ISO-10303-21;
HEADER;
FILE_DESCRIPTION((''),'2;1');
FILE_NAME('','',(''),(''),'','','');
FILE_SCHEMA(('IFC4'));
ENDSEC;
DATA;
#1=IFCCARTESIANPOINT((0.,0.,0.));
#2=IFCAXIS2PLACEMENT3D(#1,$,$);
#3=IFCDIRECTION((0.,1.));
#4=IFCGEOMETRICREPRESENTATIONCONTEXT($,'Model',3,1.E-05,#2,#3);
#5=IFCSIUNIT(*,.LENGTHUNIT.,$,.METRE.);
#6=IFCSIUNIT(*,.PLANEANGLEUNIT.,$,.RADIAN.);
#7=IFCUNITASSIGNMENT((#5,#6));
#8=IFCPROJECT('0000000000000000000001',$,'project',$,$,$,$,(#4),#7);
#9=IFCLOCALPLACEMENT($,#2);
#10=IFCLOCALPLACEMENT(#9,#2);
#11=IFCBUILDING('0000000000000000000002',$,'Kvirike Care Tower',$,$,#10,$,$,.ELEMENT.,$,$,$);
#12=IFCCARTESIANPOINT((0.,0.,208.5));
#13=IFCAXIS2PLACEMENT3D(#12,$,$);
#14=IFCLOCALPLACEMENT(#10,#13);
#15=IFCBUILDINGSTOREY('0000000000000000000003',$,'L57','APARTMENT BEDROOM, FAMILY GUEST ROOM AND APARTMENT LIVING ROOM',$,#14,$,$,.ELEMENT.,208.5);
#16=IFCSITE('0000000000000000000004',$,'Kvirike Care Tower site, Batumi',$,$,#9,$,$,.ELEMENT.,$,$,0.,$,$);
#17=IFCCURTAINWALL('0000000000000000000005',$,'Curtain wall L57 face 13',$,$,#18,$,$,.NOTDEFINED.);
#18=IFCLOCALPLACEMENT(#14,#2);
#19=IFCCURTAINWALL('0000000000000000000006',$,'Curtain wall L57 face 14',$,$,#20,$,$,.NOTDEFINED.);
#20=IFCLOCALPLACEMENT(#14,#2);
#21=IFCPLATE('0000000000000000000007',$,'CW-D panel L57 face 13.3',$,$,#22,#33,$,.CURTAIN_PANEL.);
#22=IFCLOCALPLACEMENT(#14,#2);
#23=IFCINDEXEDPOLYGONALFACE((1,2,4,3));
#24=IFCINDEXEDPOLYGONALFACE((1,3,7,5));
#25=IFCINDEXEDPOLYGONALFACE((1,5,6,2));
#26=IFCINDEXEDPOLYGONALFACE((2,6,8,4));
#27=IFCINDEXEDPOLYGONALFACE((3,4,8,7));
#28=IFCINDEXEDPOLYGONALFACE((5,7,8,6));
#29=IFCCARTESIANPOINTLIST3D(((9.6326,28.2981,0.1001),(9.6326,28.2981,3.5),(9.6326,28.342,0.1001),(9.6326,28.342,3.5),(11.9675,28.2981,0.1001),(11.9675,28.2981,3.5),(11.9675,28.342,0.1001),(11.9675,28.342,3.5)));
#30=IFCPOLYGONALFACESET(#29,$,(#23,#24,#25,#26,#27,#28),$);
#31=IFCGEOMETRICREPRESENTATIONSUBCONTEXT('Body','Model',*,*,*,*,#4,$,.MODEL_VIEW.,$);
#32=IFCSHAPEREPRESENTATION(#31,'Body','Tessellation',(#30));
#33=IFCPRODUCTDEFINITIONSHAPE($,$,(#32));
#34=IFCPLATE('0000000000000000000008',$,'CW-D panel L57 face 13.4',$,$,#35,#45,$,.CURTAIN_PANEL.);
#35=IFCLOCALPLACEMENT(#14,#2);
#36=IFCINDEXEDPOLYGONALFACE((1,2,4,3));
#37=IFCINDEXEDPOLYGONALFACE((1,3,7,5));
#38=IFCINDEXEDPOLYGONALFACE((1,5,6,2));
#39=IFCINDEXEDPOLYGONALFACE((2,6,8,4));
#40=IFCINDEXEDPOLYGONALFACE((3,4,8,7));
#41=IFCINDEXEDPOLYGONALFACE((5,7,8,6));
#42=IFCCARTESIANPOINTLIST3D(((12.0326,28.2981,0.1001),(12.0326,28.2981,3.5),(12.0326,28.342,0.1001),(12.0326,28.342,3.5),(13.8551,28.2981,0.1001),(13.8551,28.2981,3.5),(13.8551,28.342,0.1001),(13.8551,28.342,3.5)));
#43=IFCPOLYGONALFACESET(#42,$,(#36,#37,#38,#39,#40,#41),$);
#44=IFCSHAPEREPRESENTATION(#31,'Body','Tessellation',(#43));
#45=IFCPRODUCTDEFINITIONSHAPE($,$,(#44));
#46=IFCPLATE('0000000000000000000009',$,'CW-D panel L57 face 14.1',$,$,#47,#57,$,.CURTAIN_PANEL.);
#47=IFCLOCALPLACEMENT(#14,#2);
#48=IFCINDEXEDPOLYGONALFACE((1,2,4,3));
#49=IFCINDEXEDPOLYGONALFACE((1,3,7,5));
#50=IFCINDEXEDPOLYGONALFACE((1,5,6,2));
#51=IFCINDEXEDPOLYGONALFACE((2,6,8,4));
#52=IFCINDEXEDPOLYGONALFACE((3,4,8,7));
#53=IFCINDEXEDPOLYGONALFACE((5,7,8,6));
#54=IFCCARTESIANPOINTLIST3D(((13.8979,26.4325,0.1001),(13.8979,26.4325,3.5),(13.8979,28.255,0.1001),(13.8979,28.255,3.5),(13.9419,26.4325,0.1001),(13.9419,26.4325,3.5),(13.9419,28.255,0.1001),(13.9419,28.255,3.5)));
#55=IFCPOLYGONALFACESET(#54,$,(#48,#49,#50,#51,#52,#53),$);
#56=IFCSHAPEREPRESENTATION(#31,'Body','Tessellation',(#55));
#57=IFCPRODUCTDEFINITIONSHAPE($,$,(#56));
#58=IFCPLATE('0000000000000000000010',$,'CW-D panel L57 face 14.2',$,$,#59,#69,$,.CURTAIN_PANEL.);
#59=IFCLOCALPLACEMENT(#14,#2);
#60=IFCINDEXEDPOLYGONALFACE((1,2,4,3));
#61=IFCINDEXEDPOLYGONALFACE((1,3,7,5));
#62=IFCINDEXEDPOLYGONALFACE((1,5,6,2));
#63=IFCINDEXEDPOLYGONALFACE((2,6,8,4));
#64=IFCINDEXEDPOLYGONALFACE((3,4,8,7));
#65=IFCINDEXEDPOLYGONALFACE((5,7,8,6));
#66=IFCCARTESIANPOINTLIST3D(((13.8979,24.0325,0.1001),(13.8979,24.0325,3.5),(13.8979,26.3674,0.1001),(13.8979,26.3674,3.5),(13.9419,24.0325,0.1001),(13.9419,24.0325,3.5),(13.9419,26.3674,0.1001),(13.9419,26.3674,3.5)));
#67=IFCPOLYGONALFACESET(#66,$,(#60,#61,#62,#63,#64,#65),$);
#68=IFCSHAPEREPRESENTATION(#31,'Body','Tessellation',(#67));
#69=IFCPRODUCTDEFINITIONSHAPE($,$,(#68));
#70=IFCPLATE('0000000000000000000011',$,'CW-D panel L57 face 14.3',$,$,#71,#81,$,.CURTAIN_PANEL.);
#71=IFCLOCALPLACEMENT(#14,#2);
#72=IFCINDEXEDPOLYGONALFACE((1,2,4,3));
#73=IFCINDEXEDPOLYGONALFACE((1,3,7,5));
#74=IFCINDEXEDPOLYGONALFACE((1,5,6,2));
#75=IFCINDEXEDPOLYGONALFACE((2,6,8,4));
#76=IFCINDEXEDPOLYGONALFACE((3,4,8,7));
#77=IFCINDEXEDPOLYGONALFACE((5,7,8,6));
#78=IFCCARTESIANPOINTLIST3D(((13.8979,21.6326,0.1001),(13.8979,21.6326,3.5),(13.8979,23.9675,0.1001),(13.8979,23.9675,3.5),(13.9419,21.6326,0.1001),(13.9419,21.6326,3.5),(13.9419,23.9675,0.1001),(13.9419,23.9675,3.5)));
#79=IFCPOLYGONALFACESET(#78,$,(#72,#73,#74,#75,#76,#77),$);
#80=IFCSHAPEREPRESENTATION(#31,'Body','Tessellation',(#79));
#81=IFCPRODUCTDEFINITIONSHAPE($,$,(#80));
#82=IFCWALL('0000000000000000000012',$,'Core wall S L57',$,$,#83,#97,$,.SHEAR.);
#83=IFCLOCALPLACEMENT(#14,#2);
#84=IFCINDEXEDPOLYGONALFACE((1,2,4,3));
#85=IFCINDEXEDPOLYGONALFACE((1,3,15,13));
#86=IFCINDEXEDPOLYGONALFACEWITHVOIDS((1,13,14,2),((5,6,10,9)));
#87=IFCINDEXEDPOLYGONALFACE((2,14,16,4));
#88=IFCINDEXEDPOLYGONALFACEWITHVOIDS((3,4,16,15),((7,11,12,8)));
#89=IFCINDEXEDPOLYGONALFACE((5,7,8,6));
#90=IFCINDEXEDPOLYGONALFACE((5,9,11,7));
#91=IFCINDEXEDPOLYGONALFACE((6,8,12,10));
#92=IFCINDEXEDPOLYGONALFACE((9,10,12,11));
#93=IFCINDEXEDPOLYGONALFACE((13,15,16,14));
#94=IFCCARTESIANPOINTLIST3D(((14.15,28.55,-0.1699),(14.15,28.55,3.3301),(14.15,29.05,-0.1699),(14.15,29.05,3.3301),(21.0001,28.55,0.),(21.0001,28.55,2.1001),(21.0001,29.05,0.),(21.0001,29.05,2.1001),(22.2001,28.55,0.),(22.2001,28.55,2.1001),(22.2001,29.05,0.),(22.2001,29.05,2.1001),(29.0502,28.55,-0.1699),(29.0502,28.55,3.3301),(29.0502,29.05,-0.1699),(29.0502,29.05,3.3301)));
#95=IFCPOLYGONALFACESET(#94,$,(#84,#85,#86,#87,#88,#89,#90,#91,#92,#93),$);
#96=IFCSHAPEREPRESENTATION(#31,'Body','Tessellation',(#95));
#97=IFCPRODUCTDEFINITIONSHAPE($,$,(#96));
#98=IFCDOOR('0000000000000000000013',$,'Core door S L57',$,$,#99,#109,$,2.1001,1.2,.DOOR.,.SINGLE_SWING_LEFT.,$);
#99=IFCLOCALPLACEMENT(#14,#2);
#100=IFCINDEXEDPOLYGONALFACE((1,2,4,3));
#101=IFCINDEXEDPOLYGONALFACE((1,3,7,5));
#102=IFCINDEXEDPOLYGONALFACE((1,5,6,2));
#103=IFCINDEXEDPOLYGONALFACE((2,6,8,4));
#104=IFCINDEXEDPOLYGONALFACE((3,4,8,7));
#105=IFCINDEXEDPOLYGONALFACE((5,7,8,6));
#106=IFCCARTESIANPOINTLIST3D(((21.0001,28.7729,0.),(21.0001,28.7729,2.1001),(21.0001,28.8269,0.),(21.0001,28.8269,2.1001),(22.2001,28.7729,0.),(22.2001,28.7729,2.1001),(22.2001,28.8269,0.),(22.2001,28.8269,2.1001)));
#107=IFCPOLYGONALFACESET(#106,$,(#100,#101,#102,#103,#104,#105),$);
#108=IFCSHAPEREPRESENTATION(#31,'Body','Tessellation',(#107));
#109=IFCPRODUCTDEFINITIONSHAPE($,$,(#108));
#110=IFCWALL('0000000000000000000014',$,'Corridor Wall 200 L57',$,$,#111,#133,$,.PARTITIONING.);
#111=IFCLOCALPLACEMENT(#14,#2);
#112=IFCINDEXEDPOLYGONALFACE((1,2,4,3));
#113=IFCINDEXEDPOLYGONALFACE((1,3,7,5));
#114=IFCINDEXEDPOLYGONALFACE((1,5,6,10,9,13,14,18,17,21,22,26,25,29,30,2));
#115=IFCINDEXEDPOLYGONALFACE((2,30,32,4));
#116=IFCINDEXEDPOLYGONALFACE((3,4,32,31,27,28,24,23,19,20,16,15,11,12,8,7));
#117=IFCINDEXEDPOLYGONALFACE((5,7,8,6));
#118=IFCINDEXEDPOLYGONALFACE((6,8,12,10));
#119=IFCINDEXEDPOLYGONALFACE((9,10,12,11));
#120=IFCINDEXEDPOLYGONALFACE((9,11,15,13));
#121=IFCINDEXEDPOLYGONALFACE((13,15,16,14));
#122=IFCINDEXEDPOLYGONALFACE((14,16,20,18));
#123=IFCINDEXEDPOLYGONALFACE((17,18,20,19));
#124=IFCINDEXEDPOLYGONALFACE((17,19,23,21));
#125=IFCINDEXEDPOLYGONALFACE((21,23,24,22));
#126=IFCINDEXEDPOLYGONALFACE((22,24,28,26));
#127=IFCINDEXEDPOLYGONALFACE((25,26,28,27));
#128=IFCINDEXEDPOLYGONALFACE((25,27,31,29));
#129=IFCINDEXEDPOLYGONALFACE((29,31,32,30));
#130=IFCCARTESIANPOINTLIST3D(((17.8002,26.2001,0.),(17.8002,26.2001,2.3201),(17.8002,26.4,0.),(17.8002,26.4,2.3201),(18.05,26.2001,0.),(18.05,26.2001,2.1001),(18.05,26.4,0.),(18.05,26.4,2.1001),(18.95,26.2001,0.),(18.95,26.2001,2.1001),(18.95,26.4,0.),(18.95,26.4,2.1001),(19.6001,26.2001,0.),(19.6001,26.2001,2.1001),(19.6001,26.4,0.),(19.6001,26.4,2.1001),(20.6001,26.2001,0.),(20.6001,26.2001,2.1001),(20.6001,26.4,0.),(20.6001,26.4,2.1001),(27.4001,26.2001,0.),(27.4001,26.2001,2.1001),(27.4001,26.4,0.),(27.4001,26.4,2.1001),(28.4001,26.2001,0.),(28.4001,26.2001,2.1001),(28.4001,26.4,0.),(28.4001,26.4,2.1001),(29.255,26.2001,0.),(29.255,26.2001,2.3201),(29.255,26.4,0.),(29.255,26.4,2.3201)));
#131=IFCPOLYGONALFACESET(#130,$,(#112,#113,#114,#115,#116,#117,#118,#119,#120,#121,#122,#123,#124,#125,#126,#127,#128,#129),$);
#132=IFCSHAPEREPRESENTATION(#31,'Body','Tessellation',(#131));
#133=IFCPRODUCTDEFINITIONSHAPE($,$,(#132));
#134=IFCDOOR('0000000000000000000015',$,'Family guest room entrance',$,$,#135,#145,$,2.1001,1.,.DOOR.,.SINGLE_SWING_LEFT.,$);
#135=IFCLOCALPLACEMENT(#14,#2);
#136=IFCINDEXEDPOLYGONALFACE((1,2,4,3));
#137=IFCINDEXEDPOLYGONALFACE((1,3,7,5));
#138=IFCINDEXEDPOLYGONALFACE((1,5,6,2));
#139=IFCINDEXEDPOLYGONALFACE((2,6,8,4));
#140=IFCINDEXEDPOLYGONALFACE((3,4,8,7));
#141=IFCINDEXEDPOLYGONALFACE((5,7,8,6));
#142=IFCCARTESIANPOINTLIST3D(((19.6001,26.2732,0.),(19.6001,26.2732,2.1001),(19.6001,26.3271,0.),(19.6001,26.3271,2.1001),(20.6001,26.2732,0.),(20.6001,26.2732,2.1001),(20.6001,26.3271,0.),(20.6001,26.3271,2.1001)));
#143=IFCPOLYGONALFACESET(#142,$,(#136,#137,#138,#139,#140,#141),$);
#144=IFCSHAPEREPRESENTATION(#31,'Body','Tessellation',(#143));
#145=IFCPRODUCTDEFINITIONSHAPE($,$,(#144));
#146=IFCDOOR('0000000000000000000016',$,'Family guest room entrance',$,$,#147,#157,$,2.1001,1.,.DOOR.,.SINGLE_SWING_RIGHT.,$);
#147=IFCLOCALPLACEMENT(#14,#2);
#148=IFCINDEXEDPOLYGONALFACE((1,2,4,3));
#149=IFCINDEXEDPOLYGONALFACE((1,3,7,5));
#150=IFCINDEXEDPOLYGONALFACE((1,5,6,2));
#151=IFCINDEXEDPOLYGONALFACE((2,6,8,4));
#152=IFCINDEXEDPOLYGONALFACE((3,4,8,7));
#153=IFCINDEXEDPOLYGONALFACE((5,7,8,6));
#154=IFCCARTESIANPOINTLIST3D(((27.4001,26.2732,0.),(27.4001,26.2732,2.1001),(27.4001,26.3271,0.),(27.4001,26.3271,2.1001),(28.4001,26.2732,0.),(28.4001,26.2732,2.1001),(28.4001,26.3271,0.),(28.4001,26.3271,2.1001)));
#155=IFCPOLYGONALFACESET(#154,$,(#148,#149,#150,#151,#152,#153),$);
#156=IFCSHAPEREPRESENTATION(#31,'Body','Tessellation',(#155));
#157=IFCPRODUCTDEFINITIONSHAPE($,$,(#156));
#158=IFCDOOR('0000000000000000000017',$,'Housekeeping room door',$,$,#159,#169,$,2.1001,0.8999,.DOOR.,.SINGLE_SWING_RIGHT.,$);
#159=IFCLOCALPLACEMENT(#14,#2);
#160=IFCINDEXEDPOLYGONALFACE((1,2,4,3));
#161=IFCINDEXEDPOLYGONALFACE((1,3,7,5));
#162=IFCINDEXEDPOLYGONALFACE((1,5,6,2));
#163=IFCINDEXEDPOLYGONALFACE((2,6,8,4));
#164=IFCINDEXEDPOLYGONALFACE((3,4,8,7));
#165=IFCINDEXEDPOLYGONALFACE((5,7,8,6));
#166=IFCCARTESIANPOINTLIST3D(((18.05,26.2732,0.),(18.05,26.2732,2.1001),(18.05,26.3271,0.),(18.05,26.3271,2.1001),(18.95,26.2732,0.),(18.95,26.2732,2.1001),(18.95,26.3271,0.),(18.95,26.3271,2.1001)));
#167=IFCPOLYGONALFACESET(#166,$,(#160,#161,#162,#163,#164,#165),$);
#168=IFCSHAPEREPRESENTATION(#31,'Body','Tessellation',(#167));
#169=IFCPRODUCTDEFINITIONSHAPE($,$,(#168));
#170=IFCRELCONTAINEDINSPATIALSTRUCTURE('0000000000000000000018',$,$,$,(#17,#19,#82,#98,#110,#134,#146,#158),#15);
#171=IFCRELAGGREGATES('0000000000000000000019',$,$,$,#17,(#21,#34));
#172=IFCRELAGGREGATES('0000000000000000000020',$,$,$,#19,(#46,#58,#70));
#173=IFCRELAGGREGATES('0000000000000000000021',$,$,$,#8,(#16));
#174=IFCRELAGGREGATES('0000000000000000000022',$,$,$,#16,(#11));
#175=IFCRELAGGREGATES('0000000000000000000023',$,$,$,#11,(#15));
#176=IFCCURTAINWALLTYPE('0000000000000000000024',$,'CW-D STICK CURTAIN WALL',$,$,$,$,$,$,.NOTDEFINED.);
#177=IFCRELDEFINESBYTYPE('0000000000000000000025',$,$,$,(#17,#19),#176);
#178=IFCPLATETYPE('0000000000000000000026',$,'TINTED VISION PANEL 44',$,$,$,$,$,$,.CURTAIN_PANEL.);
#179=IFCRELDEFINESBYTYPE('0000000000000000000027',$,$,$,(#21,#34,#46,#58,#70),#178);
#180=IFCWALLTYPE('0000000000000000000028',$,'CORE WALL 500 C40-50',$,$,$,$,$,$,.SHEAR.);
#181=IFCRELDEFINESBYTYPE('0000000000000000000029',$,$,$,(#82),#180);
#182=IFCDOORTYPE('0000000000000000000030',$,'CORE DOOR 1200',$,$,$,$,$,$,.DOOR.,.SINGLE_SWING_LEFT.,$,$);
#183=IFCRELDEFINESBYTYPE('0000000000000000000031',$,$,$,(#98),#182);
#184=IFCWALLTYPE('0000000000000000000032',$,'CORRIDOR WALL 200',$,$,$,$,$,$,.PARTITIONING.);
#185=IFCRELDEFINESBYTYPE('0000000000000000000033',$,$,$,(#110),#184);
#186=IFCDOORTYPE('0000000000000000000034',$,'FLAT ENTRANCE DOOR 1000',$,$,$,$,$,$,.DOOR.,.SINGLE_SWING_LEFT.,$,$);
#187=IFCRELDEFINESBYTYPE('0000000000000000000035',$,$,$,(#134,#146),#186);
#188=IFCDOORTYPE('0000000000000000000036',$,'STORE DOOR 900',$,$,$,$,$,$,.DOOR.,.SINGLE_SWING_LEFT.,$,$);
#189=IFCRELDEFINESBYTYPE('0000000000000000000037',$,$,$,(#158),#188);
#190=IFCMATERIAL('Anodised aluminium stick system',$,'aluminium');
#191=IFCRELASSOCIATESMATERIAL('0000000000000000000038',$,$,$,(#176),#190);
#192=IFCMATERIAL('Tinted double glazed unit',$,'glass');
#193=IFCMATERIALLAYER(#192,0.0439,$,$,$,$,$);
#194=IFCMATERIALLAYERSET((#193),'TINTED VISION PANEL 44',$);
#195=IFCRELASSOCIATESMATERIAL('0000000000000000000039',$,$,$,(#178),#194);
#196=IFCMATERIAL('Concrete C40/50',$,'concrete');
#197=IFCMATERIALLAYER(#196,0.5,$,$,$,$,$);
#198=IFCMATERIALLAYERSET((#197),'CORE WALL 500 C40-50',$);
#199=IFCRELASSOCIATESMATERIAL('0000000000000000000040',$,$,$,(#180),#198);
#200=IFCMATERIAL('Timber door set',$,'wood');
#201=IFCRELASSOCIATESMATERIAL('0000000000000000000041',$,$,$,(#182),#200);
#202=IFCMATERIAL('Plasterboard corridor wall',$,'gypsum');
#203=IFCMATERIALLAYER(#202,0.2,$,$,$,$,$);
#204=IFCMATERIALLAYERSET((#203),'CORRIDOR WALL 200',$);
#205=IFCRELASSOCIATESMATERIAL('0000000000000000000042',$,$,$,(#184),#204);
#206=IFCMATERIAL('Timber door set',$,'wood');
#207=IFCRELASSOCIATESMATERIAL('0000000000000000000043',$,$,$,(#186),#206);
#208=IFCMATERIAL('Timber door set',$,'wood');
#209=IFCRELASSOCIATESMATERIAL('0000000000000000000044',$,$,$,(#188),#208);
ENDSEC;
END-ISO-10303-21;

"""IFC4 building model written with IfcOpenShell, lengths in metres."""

from ifc_helpers import new_model, si_unit, direction, frame, frame_2d, origin, origin_2d, place, context, subcontext, project, spatial, rectangle, extrude, material, layer, layer_set, type_object, element, fill, aggregate, save


model = new_model("IFC4")

# Units and contexts
model_context = context("Model", 3, precision=1e-05, world=origin(), true_north=direction((0.0, 1.0)))
body_context = subcontext(model_context, "Body", "Model", "MODEL_VIEW")
ifc_project = project(units=[si_unit("LENGTHUNIT", "METRE"), si_unit("PLANEANGLEUNIT", "RADIAN")], contexts=[model_context])

# Site, building, storey
site_placement = place(None, origin())
site = spatial("IfcSite", under=ifc_project, at=site_placement, Name="Kvirike Care Tower site, Batumi", CompositionType="ELEMENT", RefElevation=0.0)
building_placement = place(site_placement, origin())
building = spatial("IfcBuilding", under=site, at=building_placement, Name="Kvirike Care Tower", CompositionType="ELEMENT")
storey_placement = place(building_placement, frame((0.0, 0.0, 208.5)))
storey = spatial("IfcBuildingStorey", under=building, at=storey_placement, Name="L57", Description="APARTMENT BEDROOM, FAMILY GUEST ROOM AND APARTMENT LIVING ROOM", CompositionType="ELEMENT", Elevation=208.5)

# Curtain walls
ifc_material_1 = material(Name="Anodised aluminium stick system", Category="aluminium")
curtain_wall_type = type_object("IfcCurtainWallType", Name="CW-D STICK CURTAIN WALL", PredefinedType="NOTDEFINED", material=ifc_material_1)
curtain_wall_1_placement = place(storey_placement, origin())
curtain_wall_1 = element("IfcCurtainWall", 1, at=curtain_wall_1_placement, inside=storey, type_object=curtain_wall_type, Name="Curtain wall L57 face 13", PredefinedType="NOTDEFINED")
curtain_wall_2_placement = place(storey_placement, origin())
curtain_wall_2 = element("IfcCurtainWall", 2, at=curtain_wall_2_placement, inside=storey, type_object=curtain_wall_type, Name="Curtain wall L57 face 14", PredefinedType="NOTDEFINED")

# Plates
ifc_material_2 = material(Name="Tinted double glazed unit", Category="glass")
ifc_layer_1 = layer(ifc_material_2, 0.0439)
ifc_layer_set_1 = layer_set([ifc_layer_1], Name="TINTED VISION PANEL 44")
plate_type = type_object("IfcPlateType", Name="TINTED VISION PANEL 44", PredefinedType="CURTAIN_PANEL", material=ifc_layer_set_1)
plate_1_placement = place(storey_placement, frame((10.8, 28.3201, 0.1001), z_axis=(0.0, 0.0, 1.0), x_axis=(1.0, 0.0, 0.0)))
plate_1 = element("IfcPlate", 3, at=plate_1_placement, type_object=plate_type, Name="CW-D panel L57 face 13.3", PredefinedType="CURTAIN_PANEL", context=body_context, shape_type="SweptSolid", body=[
    extrude(rectangle(XDim=2.335, YDim=0.0439, at=origin_2d()), origin(), (0.0, 0.0, 1.0), 3.3999),
])
plate_2_placement = place(storey_placement, frame((12.9438, 28.3201, 0.1001), z_axis=(0.0, 0.0, 1.0), x_axis=(1.0, 0.0, 0.0)))
plate_2 = element("IfcPlate", 4, at=plate_2_placement, type_object=plate_type, Name="CW-D panel L57 face 13.4", PredefinedType="CURTAIN_PANEL", context=body_context, shape_type="SweptSolid", body=[
    extrude(rectangle(XDim=1.8225, YDim=0.0439, at=origin_2d()), origin(), (0.0, 0.0, 1.0), 3.3999),
])
aggregate(curtain_wall_1, [plate_1, plate_2])
plate_3_placement = place(storey_placement, frame((13.9199, 27.3438, 0.1001), z_axis=(0.0, 0.0, 1.0), x_axis=(0.0, -1.0, 0.0)))
plate_3 = element("IfcPlate", 5, at=plate_3_placement, type_object=plate_type, Name="CW-D panel L57 face 14.1", PredefinedType="CURTAIN_PANEL", context=body_context, shape_type="SweptSolid", body=[
    extrude(rectangle(XDim=1.8225, YDim=0.0439, at=origin_2d()), origin(), (0.0, 0.0, 1.0), 3.3999),
])
plate_4_placement = place(storey_placement, frame((13.9199, 25.2, 0.1001), z_axis=(0.0, 0.0, 1.0), x_axis=(0.0, -1.0, 0.0)))
plate_4 = element("IfcPlate", 6, at=plate_4_placement, type_object=plate_type, Name="CW-D panel L57 face 14.2", PredefinedType="CURTAIN_PANEL", context=body_context, shape_type="SweptSolid", body=[
    extrude(rectangle(XDim=2.335, YDim=0.0439, at=origin_2d()), origin(), (0.0, 0.0, 1.0), 3.3999),
])
plate_5_placement = place(storey_placement, frame((13.9199, 22.8, 0.1001), z_axis=(0.0, 0.0, 1.0), x_axis=(0.0, -1.0, 0.0)))
plate_5 = element("IfcPlate", 7, at=plate_5_placement, type_object=plate_type, Name="CW-D panel L57 face 14.3", PredefinedType="CURTAIN_PANEL", context=body_context, shape_type="SweptSolid", body=[
    extrude(rectangle(XDim=2.335, YDim=0.0439, at=origin_2d()), origin(), (0.0, 0.0, 1.0), 3.3999),
])
aggregate(curtain_wall_2, [plate_3, plate_4, plate_5])

# Wall, opening, door
ifc_material_3 = material(Name="Concrete C40/50", Category="concrete")
ifc_layer_2 = layer(ifc_material_3, 0.5)
ifc_layer_set_2 = layer_set([ifc_layer_2], Name="CORE WALL 500 C40-50")
wall_type_1 = type_object("IfcWallType", Name="CORE WALL 500 C40-50", PredefinedType="SHEAR", material=ifc_layer_set_2)
wall_1_placement = place(storey_placement, frame((14.1499, 28.8, -0.1699), z_axis=(0.0, 0.0, 1.0), x_axis=(1.0, 0.0, 0.0)))
wall_1 = element("IfcWall", 8, at=wall_1_placement, inside=storey, type_object=wall_type_1, Name="Core wall S L57", PredefinedType="SHEAR", context=body_context, shape_type="SweptSolid", body=[
    extrude(rectangle(XDim=14.9001, YDim=0.5, at=frame_2d((7.4502, 0.0))), origin(), (0.0, 0.0, 1.0), 3.5),
])
opening_1_placement = place(wall_1_placement, frame((6.8501, 0.0, 0.1699)))
opening_1 = element("IfcOpeningElement", 9, at=opening_1_placement, cuts=wall_1, PredefinedType="OPENING", context=body_context, shape_type="SweptSolid", body=[
    extrude(rectangle(XDim=1.2, YDim=2.1001, at=frame_2d((0.6001, 1.05))), frame((0.0, 0.2605, 0.0), z_axis=(0.0, -1.0, 0.0), x_axis=(1.0, 0.0, 0.0)), (0.0, 0.0, 1.0), 0.521),
])
ifc_material_4 = material(Name="Timber door set", Category="wood")
door_type_1 = type_object("IfcDoorType", Name="CORE DOOR 1200", OperationType="SINGLE_SWING_LEFT", PredefinedType="DOOR", material=ifc_material_4)
door_1_placement = place(opening_1_placement, origin())
door_1 = element("IfcDoor", 10, at=door_1_placement, inside=storey, type_object=door_type_1, Name="Core door S L57", OperationType="SINGLE_SWING_LEFT", OverallHeight=2.1001, OverallWidth=1.2, PredefinedType="DOOR", context=body_context, shape_type="SweptSolid", body=[
    extrude(rectangle(XDim=1.2, YDim=2.1001, at=frame_2d((0.6001, 1.05))), frame((0.0, 0.0269, 0.0), z_axis=(0.0, -1.0, 0.0), x_axis=(1.0, 0.0, 0.0)), (0.0, 0.0, 1.0), 0.054),
])
fill(opening_1, door_1)

# Wall, openings, doors
ifc_material_5 = material(Name="Plasterboard corridor wall", Category="gypsum")
ifc_layer_3 = layer(ifc_material_5, 0.2)
ifc_layer_set_3 = layer_set([ifc_layer_3], Name="CORRIDOR WALL 200")
wall_type_2 = type_object("IfcWallType", Name="CORRIDOR WALL 200", PredefinedType="PARTITIONING", material=ifc_layer_set_3)
wall_2_placement = place(storey_placement, frame((17.8, 26.3, 0.0), z_axis=(0.0, 0.0, 1.0), x_axis=(1.0, 0.0, 0.0)))
wall_2 = element("IfcWall", 11, at=wall_2_placement, inside=storey, type_object=wall_type_2, Name="Corridor Wall 200 L57", PredefinedType="PARTITIONING", context=body_context, shape_type="SweptSolid", body=[
    extrude(rectangle(XDim=11.4548, YDim=0.2, at=frame_2d((5.7275, 0.0))), origin(), (0.0, 0.0, 1.0), 2.3201),
])
opening_2_placement = place(wall_2_placement, frame((0.25, 0.0, 0.0)))
opening_2 = element("IfcOpeningElement", 12, at=opening_2_placement, cuts=wall_2, PredefinedType="OPENING", context=body_context, shape_type="SweptSolid", body=[
    extrude(rectangle(XDim=0.8999, YDim=2.1001, at=frame_2d((0.45, 1.05))), frame((0.0, 0.1106, 0.0), z_axis=(0.0, -1.0, 0.0), x_axis=(1.0, 0.0, 0.0)), (0.0, 0.0, 1.0), 0.2209),
])
opening_3_placement = place(wall_2_placement, frame((1.8, 0.0, 0.0)))
opening_3 = element("IfcOpeningElement", 13, at=opening_3_placement, cuts=wall_2, PredefinedType="OPENING", context=body_context, shape_type="SweptSolid", body=[
    extrude(rectangle(XDim=1.0, YDim=2.1001, at=frame_2d((0.5, 1.05))), frame((0.0, 0.1106, 0.0), z_axis=(0.0, -1.0, 0.0), x_axis=(1.0, 0.0, 0.0)), (0.0, 0.0, 1.0), 0.2209),
])
opening_4_placement = place(wall_2_placement, frame((9.6001, 0.0, 0.0)))
opening_4 = element("IfcOpeningElement", 14, at=opening_4_placement, cuts=wall_2, PredefinedType="OPENING", context=body_context, shape_type="SweptSolid", body=[
    extrude(rectangle(XDim=1.0, YDim=2.1001, at=frame_2d((0.5, 1.05))), frame((0.0, 0.1106, 0.0), z_axis=(0.0, -1.0, 0.0), x_axis=(1.0, 0.0, 0.0)), (0.0, 0.0, 1.0), 0.2209),
])
ifc_material_6 = material(Name="Timber door set", Category="wood")
door_type_2 = type_object("IfcDoorType", Name="FLAT ENTRANCE DOOR 1000", OperationType="SINGLE_SWING_LEFT", PredefinedType="DOOR", material=ifc_material_6)
door_2_placement = place(opening_3_placement, frame((1.0, 0.0, 0.0), z_axis=(0.0, 0.0, 1.0), x_axis=(-1.0, 0.0, 0.0)))
door_2 = element("IfcDoor", 15, at=door_2_placement, inside=storey, type_object=door_type_2, Name="Family guest room entrance", OperationType="SINGLE_SWING_LEFT", OverallHeight=2.1001, OverallWidth=1.0, PredefinedType="DOOR", context=body_context, shape_type="SweptSolid", body=[
    extrude(rectangle(XDim=1.0, YDim=2.1001, at=frame_2d((0.5, 1.05))), frame((0.0, 0.0269, 0.0), z_axis=(0.0, -1.0, 0.0), x_axis=(1.0, 0.0, 0.0)), (0.0, 0.0, 1.0), 0.054),
])
fill(opening_3, door_2)
door_3_placement = place(opening_4_placement, frame((1.0, 0.0, 0.0), z_axis=(0.0, 0.0, 1.0), x_axis=(-1.0, 0.0, 0.0)))
door_3 = element("IfcDoor", 16, at=door_3_placement, inside=storey, type_object=door_type_2, Name="Family guest room entrance", OperationType="SINGLE_SWING_RIGHT", OverallHeight=2.1001, OverallWidth=1.0, PredefinedType="DOOR", context=body_context, shape_type="SweptSolid", body=[
    extrude(rectangle(XDim=1.0, YDim=2.1001, at=frame_2d((0.5, 1.05))), frame((0.0, 0.0269, 0.0), z_axis=(0.0, -1.0, 0.0), x_axis=(1.0, 0.0, 0.0)), (0.0, 0.0, 1.0), 0.054),
])
fill(opening_4, door_3)
ifc_material_7 = material(Name="Timber door set", Category="wood")
door_type_3 = type_object("IfcDoorType", Name="STORE DOOR 900", OperationType="SINGLE_SWING_LEFT", PredefinedType="DOOR", material=ifc_material_7)
door_4_placement = place(opening_2_placement, frame((0.8999, 0.0, 0.0), z_axis=(0.0, 0.0, 1.0), x_axis=(-1.0, 0.0, 0.0)))
door_4 = element("IfcDoor", 17, at=door_4_placement, inside=storey, type_object=door_type_3, Name="Housekeeping room door", OperationType="SINGLE_SWING_RIGHT", OverallHeight=2.1001, OverallWidth=0.8999, PredefinedType="DOOR", context=body_context, shape_type="SweptSolid", body=[
    extrude(rectangle(XDim=0.8999, YDim=2.1001, at=frame_2d((0.45, 1.05))), frame((0.0, 0.0269, 0.0), z_axis=(0.0, -1.0, 0.0), x_axis=(1.0, 0.0, 0.0)), (0.0, 0.0, 1.0), 0.054),
])
fill(opening_2, door_4)

save(model, "model.ifc")
